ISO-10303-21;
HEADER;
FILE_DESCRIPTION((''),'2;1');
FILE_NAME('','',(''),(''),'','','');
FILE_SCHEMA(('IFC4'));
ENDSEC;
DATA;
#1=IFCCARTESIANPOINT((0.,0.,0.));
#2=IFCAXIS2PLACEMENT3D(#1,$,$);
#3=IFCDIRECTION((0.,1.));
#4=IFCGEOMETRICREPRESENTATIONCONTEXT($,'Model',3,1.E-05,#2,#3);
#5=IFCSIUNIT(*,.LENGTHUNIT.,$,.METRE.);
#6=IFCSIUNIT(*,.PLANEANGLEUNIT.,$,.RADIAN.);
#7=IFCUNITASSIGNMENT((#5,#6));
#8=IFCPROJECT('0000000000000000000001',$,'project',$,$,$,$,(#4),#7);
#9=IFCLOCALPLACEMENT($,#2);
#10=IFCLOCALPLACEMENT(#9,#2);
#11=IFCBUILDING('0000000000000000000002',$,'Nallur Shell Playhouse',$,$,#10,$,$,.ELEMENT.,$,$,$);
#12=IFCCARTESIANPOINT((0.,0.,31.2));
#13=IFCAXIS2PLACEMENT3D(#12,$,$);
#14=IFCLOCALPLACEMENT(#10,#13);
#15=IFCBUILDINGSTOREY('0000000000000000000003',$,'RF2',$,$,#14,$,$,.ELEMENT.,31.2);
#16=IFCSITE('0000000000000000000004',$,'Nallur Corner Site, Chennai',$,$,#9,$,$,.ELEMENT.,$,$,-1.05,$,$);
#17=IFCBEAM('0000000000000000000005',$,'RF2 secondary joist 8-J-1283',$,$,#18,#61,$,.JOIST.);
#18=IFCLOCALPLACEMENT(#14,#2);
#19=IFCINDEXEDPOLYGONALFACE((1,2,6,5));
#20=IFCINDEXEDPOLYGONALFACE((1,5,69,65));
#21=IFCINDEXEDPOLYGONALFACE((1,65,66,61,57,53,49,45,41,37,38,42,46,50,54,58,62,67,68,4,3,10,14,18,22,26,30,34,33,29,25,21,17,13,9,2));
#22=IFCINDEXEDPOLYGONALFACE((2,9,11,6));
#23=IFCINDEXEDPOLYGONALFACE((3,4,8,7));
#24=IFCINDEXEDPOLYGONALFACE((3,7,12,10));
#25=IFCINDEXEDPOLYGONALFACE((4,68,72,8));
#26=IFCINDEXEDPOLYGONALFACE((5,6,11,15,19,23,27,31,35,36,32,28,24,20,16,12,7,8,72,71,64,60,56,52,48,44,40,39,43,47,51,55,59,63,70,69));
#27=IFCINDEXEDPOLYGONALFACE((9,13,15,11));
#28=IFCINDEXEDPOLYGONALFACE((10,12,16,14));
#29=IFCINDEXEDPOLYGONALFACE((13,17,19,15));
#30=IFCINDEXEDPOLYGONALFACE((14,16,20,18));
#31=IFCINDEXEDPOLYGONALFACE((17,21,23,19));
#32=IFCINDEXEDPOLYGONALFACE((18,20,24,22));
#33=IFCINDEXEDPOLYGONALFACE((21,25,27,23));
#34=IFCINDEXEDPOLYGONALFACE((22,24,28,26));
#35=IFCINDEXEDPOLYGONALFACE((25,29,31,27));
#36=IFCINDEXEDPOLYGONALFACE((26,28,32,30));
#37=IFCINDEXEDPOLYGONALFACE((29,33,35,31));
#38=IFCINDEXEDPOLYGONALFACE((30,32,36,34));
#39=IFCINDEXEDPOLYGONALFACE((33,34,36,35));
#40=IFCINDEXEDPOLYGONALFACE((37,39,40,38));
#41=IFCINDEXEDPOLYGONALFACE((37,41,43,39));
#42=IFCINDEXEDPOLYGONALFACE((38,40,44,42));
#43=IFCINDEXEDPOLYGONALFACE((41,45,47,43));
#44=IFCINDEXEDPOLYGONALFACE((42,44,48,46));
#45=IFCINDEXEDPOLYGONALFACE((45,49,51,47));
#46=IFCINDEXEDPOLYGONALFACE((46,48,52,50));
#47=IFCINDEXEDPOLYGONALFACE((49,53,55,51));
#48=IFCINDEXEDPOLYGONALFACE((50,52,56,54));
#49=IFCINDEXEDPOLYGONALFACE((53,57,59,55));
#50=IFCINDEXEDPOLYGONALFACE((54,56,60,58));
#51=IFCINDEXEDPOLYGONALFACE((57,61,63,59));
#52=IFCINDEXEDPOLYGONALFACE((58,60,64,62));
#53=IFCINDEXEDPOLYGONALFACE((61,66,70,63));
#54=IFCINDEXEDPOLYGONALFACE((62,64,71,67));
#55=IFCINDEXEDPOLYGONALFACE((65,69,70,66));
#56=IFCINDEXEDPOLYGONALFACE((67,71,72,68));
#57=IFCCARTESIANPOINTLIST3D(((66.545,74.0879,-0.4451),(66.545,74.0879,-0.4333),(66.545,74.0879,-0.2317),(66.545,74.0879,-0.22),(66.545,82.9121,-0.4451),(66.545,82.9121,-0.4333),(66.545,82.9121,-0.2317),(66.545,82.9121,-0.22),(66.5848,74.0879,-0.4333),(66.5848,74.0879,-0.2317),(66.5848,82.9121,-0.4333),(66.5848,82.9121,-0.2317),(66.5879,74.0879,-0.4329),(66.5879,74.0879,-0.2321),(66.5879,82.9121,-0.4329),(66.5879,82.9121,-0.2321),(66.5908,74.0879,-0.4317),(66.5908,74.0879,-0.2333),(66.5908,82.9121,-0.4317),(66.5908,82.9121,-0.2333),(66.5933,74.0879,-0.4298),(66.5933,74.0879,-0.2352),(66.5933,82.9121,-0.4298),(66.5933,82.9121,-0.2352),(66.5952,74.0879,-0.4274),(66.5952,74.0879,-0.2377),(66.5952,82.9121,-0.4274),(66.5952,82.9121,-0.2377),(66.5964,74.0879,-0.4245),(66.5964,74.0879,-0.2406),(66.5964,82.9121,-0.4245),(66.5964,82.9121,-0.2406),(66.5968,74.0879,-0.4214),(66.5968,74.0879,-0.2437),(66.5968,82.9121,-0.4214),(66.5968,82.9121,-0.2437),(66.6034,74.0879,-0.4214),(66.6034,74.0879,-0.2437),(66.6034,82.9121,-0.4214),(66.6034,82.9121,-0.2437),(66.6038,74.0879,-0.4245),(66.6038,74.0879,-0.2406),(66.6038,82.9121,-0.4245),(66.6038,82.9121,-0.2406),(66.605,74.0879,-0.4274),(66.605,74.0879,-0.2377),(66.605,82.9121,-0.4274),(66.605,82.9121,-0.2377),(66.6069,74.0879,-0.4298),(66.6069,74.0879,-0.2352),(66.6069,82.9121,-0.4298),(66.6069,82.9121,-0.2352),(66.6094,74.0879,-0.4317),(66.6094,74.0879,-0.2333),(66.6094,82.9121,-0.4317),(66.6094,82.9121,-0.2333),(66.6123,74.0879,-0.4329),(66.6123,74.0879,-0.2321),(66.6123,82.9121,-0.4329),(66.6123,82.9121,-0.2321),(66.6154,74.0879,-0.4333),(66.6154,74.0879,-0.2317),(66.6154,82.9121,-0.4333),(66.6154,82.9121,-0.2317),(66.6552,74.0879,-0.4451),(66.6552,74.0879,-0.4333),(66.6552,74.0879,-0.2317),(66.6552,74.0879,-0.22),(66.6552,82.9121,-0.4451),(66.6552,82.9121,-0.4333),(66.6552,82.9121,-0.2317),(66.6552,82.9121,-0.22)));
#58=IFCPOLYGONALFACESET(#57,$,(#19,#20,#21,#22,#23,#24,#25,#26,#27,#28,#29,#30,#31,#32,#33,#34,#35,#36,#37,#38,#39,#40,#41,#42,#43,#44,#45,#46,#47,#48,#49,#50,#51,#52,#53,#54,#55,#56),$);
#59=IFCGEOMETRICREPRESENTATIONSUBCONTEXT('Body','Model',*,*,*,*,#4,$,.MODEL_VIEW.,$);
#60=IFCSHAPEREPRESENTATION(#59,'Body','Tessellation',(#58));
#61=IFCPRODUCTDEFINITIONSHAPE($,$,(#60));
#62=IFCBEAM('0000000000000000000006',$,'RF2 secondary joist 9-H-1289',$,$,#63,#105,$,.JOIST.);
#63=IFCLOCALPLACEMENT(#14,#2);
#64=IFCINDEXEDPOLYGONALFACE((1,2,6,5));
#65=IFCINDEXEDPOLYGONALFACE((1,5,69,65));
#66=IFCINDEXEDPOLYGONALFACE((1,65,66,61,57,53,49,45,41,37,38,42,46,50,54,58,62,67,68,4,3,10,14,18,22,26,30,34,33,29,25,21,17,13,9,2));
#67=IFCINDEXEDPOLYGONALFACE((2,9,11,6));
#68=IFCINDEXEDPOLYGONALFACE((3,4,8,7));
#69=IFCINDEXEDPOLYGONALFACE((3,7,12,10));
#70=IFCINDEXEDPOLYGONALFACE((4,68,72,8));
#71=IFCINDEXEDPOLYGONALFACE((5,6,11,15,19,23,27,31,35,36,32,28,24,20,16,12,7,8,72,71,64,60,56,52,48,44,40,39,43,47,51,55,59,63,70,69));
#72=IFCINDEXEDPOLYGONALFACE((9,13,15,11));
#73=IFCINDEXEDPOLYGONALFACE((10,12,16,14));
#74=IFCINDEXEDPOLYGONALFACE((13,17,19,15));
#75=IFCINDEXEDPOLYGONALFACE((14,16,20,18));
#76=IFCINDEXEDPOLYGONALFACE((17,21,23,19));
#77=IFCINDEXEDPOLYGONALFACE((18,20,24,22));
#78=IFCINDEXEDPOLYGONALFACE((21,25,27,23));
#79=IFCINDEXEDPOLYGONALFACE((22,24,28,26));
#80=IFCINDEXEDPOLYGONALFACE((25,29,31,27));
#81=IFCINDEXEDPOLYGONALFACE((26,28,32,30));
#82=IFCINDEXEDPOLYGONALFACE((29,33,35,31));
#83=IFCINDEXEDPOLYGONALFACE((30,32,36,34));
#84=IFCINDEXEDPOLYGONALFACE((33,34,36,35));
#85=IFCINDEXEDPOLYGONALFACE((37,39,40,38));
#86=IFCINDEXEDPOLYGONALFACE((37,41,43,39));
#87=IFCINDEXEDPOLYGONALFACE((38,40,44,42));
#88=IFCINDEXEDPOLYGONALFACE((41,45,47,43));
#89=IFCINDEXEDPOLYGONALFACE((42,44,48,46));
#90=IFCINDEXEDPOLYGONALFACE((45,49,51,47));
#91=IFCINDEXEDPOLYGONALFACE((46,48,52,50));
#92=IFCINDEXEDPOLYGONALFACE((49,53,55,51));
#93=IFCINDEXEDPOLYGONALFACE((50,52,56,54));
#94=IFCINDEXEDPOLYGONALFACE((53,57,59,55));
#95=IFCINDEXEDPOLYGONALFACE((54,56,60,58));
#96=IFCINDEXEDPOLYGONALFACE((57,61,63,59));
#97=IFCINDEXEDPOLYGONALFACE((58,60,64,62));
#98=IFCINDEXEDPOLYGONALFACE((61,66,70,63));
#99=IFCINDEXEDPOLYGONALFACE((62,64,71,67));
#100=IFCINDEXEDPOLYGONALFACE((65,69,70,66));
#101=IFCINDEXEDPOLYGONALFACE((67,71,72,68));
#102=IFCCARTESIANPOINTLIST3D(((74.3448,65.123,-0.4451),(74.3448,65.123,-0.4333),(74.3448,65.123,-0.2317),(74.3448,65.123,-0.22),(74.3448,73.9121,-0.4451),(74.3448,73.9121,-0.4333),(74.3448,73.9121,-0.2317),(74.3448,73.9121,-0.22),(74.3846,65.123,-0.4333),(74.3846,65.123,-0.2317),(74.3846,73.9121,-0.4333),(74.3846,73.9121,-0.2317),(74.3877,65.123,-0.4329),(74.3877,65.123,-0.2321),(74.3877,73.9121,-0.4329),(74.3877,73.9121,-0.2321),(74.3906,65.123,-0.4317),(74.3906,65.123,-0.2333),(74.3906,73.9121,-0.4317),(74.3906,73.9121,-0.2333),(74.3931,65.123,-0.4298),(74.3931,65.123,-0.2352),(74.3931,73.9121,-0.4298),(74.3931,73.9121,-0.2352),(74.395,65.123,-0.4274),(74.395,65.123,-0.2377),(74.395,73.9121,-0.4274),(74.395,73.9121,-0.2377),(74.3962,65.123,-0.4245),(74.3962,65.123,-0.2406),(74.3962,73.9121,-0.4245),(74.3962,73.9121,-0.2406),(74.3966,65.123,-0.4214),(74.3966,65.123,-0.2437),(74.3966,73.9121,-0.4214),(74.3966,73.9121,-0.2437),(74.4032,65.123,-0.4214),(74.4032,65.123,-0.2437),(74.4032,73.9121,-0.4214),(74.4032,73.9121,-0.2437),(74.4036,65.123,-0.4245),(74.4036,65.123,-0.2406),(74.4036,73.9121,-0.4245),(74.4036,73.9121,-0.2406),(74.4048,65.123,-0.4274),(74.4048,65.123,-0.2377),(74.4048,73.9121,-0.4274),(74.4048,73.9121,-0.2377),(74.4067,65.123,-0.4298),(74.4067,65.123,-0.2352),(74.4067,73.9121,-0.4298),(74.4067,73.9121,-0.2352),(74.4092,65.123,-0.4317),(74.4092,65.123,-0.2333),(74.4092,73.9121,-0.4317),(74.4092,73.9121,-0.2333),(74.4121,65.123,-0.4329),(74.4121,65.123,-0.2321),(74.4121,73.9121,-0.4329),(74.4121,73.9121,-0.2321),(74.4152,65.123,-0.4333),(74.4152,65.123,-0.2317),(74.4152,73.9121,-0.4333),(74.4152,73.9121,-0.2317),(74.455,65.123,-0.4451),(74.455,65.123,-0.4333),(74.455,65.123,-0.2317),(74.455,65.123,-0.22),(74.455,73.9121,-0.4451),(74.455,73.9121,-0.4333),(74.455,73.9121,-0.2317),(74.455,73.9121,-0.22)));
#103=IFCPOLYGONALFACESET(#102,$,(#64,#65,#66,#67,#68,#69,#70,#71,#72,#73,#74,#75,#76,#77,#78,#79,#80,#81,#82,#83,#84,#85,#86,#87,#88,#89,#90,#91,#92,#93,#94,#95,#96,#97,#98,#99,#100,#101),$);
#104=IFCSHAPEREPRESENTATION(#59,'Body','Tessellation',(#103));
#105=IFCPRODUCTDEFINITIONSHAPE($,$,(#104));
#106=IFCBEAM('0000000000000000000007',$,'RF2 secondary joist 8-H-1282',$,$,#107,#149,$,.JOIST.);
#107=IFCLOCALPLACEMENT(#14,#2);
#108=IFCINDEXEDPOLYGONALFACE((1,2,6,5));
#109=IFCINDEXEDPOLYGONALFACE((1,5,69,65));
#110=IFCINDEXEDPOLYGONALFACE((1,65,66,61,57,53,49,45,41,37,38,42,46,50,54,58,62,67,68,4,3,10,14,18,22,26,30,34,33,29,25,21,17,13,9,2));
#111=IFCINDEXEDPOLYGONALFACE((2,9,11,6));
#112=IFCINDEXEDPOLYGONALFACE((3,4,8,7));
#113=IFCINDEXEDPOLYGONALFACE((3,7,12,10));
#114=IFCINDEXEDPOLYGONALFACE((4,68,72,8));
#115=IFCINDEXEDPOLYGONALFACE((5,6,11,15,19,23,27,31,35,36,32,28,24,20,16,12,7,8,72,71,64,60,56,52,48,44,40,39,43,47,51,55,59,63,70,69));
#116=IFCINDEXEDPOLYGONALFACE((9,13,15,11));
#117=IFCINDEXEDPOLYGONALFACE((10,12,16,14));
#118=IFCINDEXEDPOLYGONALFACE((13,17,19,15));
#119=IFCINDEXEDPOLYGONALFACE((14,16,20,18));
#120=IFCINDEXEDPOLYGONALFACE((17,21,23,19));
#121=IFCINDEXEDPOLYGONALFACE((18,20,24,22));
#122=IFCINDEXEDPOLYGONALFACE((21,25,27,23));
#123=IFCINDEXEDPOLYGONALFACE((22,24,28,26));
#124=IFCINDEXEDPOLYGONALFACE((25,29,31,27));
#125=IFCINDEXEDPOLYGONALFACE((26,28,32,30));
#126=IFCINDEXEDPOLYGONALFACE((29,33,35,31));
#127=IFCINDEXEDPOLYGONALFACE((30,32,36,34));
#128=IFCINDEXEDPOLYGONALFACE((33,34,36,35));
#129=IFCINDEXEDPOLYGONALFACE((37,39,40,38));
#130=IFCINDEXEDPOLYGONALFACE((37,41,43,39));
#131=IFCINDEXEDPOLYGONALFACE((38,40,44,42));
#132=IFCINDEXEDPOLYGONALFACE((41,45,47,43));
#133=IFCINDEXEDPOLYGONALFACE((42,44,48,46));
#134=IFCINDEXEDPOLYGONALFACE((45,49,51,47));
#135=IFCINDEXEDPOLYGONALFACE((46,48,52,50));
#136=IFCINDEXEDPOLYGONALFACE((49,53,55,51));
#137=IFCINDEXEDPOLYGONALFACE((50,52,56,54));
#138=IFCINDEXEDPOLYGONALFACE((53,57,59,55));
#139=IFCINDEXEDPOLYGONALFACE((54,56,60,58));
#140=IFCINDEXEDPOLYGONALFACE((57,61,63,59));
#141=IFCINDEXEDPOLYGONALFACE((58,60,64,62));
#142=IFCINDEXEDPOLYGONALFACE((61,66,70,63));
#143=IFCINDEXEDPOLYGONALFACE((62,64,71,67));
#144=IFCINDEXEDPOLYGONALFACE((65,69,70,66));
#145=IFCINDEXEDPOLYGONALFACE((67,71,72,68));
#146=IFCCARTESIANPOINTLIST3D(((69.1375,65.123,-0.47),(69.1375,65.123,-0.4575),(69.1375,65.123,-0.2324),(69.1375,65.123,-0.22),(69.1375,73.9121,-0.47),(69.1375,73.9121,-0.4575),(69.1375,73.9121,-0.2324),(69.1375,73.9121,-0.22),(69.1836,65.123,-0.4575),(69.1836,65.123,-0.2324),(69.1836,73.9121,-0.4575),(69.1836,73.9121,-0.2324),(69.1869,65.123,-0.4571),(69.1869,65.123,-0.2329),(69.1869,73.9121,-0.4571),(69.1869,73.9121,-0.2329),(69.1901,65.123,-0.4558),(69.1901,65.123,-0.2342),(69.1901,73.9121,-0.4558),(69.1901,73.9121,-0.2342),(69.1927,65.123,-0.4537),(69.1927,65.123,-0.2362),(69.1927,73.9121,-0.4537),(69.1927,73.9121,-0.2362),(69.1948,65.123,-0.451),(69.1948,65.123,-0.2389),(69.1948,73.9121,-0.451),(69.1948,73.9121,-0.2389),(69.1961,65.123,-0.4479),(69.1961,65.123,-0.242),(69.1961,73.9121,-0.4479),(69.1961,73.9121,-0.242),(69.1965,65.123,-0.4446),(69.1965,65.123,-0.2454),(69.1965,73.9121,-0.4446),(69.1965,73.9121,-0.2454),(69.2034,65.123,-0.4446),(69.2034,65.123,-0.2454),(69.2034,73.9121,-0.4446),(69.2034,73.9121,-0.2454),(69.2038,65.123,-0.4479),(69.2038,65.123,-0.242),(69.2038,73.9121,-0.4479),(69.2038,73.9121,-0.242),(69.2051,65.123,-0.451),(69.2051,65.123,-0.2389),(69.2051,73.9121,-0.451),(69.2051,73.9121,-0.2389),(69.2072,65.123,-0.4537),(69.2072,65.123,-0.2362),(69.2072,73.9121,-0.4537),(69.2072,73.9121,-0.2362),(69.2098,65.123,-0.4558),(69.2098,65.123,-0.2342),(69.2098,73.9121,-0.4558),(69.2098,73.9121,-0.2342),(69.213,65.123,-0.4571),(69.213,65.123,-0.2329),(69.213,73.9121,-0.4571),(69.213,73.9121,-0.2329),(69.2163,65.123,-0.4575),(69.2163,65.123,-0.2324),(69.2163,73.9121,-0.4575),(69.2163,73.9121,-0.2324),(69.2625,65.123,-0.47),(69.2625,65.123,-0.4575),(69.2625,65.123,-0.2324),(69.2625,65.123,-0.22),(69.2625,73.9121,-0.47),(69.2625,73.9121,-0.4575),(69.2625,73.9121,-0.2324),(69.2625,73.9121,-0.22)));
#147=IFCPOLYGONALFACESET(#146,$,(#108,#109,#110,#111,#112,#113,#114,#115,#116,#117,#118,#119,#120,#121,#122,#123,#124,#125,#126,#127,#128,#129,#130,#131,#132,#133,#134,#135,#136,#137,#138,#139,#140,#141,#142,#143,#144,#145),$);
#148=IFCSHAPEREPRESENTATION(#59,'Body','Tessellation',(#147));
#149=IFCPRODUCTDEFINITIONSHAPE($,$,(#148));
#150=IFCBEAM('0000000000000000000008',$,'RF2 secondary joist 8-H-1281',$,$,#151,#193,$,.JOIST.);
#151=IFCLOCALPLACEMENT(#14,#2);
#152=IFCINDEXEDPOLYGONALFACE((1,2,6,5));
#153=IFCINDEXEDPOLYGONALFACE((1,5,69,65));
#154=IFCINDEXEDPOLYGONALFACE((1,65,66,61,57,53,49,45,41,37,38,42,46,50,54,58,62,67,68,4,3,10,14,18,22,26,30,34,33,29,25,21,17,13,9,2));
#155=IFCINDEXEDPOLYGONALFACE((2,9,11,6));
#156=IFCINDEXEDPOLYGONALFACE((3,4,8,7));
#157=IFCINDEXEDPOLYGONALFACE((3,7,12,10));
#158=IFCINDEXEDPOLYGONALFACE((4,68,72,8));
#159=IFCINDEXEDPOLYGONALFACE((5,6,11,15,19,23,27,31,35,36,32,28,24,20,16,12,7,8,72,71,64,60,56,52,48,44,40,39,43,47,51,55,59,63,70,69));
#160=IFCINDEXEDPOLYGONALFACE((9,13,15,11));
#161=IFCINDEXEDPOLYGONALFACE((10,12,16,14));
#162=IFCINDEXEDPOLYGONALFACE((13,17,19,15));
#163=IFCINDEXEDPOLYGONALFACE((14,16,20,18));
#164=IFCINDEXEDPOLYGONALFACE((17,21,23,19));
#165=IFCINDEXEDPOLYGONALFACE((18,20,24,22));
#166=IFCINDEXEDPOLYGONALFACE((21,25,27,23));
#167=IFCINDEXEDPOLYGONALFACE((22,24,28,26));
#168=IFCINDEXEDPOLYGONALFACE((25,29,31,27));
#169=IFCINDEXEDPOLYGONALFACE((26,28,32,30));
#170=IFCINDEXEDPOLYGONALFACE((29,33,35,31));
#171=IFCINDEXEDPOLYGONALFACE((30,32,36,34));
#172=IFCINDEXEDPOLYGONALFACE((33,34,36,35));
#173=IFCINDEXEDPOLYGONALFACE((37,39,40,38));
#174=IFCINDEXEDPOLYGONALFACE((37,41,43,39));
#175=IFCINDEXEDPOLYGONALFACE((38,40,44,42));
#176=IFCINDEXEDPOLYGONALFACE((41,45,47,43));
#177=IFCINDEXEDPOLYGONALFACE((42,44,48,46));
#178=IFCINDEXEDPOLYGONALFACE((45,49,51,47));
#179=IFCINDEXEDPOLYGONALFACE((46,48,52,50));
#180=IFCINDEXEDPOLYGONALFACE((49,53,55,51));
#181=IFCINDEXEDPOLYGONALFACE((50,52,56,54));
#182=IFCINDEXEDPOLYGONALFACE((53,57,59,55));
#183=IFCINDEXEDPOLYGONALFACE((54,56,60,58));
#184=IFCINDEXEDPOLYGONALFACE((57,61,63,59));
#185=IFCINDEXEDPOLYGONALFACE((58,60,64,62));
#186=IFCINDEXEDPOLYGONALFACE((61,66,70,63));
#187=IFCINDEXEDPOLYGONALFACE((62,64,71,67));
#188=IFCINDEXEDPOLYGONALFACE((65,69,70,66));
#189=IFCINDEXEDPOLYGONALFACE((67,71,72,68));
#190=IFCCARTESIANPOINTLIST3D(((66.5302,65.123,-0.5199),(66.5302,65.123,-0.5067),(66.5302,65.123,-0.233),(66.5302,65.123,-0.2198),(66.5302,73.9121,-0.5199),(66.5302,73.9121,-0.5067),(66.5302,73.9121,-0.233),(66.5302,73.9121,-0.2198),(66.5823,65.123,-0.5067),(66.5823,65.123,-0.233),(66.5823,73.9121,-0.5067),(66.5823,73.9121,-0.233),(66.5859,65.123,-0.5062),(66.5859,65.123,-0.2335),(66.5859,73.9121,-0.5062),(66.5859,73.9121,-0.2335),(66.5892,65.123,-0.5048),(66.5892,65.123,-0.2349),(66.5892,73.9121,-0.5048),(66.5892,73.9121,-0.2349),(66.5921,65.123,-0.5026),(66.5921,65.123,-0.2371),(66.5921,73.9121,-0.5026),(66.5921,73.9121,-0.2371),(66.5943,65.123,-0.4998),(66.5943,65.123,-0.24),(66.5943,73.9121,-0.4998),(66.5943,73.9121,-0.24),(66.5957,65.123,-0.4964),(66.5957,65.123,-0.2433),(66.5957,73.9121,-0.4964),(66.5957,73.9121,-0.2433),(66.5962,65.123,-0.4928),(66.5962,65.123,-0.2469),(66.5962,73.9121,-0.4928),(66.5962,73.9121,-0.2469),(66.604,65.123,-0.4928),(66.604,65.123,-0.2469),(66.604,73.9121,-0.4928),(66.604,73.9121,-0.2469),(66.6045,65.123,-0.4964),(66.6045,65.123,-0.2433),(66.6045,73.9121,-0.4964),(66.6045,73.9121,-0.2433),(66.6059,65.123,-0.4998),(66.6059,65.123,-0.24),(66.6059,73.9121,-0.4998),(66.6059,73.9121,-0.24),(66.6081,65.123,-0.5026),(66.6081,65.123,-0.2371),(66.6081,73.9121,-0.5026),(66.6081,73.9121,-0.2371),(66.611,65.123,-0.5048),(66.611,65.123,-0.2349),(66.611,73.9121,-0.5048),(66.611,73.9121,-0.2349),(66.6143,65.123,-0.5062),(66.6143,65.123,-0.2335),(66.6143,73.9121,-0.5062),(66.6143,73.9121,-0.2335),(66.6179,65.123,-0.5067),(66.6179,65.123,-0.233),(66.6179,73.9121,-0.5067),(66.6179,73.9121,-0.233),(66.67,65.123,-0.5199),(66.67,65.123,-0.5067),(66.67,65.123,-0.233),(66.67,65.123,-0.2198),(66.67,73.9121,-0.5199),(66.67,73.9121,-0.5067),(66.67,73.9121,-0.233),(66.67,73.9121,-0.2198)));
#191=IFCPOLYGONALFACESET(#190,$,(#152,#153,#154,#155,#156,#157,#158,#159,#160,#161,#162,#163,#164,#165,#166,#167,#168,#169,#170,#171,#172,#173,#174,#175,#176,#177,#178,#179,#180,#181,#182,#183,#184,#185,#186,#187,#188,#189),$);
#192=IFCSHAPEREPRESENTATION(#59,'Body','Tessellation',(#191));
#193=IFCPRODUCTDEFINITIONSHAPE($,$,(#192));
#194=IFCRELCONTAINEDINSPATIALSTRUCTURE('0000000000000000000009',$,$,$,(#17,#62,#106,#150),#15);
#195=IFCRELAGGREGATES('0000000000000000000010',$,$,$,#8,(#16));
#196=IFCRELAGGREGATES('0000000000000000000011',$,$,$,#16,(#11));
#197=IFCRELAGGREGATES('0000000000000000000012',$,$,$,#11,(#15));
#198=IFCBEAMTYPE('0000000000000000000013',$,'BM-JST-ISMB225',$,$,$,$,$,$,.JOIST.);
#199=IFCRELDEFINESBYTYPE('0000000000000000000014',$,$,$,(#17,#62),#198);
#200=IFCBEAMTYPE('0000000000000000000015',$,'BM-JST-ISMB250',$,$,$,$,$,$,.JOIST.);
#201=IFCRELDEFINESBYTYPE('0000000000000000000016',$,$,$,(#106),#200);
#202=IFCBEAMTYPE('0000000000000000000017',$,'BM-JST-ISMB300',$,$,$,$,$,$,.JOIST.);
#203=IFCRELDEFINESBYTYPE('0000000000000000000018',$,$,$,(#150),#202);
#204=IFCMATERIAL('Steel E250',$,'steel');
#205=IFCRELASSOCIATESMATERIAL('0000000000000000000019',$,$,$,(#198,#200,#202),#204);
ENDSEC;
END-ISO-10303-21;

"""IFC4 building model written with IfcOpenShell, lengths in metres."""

from ifc_helpers import new_model, si_unit, direction, frame, origin, origin_2d, place, context, subcontext, project, spatial, i_section, extrude, material, material_profile, profile_set, type_object, element, save


model = new_model("IFC4")

# Units and contexts
model_context = context("Model", 3, precision=1e-05, world=origin(), true_north=direction((0.0, 1.0)))
body_context = subcontext(model_context, "Body", "Model", "MODEL_VIEW")
ifc_project = project(units=[si_unit("LENGTHUNIT", "METRE"), si_unit("PLANEANGLEUNIT", "RADIAN")], contexts=[model_context])

# Site, building, storey
site_placement = place(None, origin())
site = spatial("IfcSite", under=ifc_project, at=site_placement, Name="Nallur Corner Site, Chennai", CompositionType="ELEMENT", RefElevation=-1.05)
building_placement = place(site_placement, origin())
building = spatial("IfcBuilding", under=site, at=building_placement, Name="Nallur Shell Playhouse", CompositionType="ELEMENT")
storey_placement = place(building_placement, frame((0.0, 0.0, 31.2)))
storey = spatial("IfcBuildingStorey", under=building, at=storey_placement, Name="RF2", CompositionType="ELEMENT", Elevation=31.2)

# Beams
ifc_material_1 = material(Name="Steel E250", Category="steel")
ifc_material_profile_1 = material_profile(ifc_material_1, i_section(OverallWidth=0.1101, OverallDepth=0.2251, WebThickness=0.0066, FlangeThickness=0.0117, FilletRadius=0.012, at=origin_2d()), Name="ISMB 225")
ifc_profile_set_1 = profile_set([ifc_material_profile_1], Name="Steel E250")
beam_type_1 = type_object("IfcBeamType", Name="BM-JST-ISMB225", PredefinedType="JOIST", material=ifc_profile_set_1)
beam_1_placement = place(storey_placement, frame((66.6001, 74.0879, -0.3325), z_axis=(0.0, 1.0, 0.0), x_axis=(-1.0, 0.0, 0.0)))
element("IfcBeam", 1, at=beam_1_placement, inside=storey, type_object=beam_type_1, Name="RF2 secondary joist 8-J-1283", PredefinedType="JOIST", context=body_context, shape_type="SweptSolid", body=[
    extrude(i_section(OverallWidth=0.1101, OverallDepth=0.2251, WebThickness=0.0066, FlangeThickness=0.0117, FilletRadius=0.012, at=origin_2d()), origin(), (0.0, 0.0, 1.0), 8.8242),
])
beam_2_placement = place(storey_placement, frame((74.3999, 65.123, -0.3325), z_axis=(0.0, 1.0, 0.0), x_axis=(-1.0, 0.0, 0.0)))
element("IfcBeam", 2, at=beam_2_placement, inside=storey, type_object=beam_type_1, Name="RF2 secondary joist 9-H-1289", PredefinedType="JOIST", context=body_context, shape_type="SweptSolid", body=[
    extrude(i_section(OverallWidth=0.1101, OverallDepth=0.2251, WebThickness=0.0066, FlangeThickness=0.0117, FilletRadius=0.012, at=origin_2d()), origin(), (0.0, 0.0, 1.0), 8.7891),
])
ifc_material_profile_2 = material_profile(ifc_material_1, i_section(OverallWidth=0.125, OverallDepth=0.25, WebThickness=0.0068, FlangeThickness=0.0125, FilletRadius=0.0129, at=origin_2d()), Name="ISMB 250")
ifc_profile_set_2 = profile_set([ifc_material_profile_2], Name="Steel E250")
beam_type_2 = type_object("IfcBeamType", Name="BM-JST-ISMB250", PredefinedType="JOIST", material=ifc_profile_set_2)
beam_3_placement = place(storey_placement, frame((69.2, 65.123, -0.345), z_axis=(0.0, 1.0, 0.0), x_axis=(-1.0, 0.0, 0.0)))
element("IfcBeam", 3, at=beam_3_placement, inside=storey, type_object=beam_type_2, Name="RF2 secondary joist 8-H-1282", PredefinedType="JOIST", context=body_context, shape_type="SweptSolid", body=[
    extrude(i_section(OverallWidth=0.125, OverallDepth=0.25, WebThickness=0.0068, FlangeThickness=0.0125, FilletRadius=0.0129, at=origin_2d()), origin(), (0.0, 0.0, 1.0), 8.7891),
])
ifc_material_profile_3 = material_profile(ifc_material_1, i_section(OverallWidth=0.1399, OverallDepth=0.3, WebThickness=0.0078, FlangeThickness=0.0132, FilletRadius=0.0139, at=origin_2d()), Name="ISMB 300")
ifc_profile_set_3 = profile_set([ifc_material_profile_3], Name="Steel E250")
beam_type_3 = type_object("IfcBeamType", Name="BM-JST-ISMB300", PredefinedType="JOIST", material=ifc_profile_set_3)
beam_4_placement = place(storey_placement, frame((66.6001, 65.123, -0.3699), z_axis=(0.0, 1.0, 0.0), x_axis=(-1.0, 0.0, 0.0)))
element("IfcBeam", 4, at=beam_4_placement, inside=storey, type_object=beam_type_3, Name="RF2 secondary joist 8-H-1281", PredefinedType="JOIST", context=body_context, shape_type="SweptSolid", body=[
    extrude(i_section(OverallWidth=0.1399, OverallDepth=0.3, WebThickness=0.0078, FlangeThickness=0.0132, FilletRadius=0.0139, at=origin_2d()), origin(), (0.0, 0.0, 1.0), 8.7891),
])

save(model, "model.ifc")
